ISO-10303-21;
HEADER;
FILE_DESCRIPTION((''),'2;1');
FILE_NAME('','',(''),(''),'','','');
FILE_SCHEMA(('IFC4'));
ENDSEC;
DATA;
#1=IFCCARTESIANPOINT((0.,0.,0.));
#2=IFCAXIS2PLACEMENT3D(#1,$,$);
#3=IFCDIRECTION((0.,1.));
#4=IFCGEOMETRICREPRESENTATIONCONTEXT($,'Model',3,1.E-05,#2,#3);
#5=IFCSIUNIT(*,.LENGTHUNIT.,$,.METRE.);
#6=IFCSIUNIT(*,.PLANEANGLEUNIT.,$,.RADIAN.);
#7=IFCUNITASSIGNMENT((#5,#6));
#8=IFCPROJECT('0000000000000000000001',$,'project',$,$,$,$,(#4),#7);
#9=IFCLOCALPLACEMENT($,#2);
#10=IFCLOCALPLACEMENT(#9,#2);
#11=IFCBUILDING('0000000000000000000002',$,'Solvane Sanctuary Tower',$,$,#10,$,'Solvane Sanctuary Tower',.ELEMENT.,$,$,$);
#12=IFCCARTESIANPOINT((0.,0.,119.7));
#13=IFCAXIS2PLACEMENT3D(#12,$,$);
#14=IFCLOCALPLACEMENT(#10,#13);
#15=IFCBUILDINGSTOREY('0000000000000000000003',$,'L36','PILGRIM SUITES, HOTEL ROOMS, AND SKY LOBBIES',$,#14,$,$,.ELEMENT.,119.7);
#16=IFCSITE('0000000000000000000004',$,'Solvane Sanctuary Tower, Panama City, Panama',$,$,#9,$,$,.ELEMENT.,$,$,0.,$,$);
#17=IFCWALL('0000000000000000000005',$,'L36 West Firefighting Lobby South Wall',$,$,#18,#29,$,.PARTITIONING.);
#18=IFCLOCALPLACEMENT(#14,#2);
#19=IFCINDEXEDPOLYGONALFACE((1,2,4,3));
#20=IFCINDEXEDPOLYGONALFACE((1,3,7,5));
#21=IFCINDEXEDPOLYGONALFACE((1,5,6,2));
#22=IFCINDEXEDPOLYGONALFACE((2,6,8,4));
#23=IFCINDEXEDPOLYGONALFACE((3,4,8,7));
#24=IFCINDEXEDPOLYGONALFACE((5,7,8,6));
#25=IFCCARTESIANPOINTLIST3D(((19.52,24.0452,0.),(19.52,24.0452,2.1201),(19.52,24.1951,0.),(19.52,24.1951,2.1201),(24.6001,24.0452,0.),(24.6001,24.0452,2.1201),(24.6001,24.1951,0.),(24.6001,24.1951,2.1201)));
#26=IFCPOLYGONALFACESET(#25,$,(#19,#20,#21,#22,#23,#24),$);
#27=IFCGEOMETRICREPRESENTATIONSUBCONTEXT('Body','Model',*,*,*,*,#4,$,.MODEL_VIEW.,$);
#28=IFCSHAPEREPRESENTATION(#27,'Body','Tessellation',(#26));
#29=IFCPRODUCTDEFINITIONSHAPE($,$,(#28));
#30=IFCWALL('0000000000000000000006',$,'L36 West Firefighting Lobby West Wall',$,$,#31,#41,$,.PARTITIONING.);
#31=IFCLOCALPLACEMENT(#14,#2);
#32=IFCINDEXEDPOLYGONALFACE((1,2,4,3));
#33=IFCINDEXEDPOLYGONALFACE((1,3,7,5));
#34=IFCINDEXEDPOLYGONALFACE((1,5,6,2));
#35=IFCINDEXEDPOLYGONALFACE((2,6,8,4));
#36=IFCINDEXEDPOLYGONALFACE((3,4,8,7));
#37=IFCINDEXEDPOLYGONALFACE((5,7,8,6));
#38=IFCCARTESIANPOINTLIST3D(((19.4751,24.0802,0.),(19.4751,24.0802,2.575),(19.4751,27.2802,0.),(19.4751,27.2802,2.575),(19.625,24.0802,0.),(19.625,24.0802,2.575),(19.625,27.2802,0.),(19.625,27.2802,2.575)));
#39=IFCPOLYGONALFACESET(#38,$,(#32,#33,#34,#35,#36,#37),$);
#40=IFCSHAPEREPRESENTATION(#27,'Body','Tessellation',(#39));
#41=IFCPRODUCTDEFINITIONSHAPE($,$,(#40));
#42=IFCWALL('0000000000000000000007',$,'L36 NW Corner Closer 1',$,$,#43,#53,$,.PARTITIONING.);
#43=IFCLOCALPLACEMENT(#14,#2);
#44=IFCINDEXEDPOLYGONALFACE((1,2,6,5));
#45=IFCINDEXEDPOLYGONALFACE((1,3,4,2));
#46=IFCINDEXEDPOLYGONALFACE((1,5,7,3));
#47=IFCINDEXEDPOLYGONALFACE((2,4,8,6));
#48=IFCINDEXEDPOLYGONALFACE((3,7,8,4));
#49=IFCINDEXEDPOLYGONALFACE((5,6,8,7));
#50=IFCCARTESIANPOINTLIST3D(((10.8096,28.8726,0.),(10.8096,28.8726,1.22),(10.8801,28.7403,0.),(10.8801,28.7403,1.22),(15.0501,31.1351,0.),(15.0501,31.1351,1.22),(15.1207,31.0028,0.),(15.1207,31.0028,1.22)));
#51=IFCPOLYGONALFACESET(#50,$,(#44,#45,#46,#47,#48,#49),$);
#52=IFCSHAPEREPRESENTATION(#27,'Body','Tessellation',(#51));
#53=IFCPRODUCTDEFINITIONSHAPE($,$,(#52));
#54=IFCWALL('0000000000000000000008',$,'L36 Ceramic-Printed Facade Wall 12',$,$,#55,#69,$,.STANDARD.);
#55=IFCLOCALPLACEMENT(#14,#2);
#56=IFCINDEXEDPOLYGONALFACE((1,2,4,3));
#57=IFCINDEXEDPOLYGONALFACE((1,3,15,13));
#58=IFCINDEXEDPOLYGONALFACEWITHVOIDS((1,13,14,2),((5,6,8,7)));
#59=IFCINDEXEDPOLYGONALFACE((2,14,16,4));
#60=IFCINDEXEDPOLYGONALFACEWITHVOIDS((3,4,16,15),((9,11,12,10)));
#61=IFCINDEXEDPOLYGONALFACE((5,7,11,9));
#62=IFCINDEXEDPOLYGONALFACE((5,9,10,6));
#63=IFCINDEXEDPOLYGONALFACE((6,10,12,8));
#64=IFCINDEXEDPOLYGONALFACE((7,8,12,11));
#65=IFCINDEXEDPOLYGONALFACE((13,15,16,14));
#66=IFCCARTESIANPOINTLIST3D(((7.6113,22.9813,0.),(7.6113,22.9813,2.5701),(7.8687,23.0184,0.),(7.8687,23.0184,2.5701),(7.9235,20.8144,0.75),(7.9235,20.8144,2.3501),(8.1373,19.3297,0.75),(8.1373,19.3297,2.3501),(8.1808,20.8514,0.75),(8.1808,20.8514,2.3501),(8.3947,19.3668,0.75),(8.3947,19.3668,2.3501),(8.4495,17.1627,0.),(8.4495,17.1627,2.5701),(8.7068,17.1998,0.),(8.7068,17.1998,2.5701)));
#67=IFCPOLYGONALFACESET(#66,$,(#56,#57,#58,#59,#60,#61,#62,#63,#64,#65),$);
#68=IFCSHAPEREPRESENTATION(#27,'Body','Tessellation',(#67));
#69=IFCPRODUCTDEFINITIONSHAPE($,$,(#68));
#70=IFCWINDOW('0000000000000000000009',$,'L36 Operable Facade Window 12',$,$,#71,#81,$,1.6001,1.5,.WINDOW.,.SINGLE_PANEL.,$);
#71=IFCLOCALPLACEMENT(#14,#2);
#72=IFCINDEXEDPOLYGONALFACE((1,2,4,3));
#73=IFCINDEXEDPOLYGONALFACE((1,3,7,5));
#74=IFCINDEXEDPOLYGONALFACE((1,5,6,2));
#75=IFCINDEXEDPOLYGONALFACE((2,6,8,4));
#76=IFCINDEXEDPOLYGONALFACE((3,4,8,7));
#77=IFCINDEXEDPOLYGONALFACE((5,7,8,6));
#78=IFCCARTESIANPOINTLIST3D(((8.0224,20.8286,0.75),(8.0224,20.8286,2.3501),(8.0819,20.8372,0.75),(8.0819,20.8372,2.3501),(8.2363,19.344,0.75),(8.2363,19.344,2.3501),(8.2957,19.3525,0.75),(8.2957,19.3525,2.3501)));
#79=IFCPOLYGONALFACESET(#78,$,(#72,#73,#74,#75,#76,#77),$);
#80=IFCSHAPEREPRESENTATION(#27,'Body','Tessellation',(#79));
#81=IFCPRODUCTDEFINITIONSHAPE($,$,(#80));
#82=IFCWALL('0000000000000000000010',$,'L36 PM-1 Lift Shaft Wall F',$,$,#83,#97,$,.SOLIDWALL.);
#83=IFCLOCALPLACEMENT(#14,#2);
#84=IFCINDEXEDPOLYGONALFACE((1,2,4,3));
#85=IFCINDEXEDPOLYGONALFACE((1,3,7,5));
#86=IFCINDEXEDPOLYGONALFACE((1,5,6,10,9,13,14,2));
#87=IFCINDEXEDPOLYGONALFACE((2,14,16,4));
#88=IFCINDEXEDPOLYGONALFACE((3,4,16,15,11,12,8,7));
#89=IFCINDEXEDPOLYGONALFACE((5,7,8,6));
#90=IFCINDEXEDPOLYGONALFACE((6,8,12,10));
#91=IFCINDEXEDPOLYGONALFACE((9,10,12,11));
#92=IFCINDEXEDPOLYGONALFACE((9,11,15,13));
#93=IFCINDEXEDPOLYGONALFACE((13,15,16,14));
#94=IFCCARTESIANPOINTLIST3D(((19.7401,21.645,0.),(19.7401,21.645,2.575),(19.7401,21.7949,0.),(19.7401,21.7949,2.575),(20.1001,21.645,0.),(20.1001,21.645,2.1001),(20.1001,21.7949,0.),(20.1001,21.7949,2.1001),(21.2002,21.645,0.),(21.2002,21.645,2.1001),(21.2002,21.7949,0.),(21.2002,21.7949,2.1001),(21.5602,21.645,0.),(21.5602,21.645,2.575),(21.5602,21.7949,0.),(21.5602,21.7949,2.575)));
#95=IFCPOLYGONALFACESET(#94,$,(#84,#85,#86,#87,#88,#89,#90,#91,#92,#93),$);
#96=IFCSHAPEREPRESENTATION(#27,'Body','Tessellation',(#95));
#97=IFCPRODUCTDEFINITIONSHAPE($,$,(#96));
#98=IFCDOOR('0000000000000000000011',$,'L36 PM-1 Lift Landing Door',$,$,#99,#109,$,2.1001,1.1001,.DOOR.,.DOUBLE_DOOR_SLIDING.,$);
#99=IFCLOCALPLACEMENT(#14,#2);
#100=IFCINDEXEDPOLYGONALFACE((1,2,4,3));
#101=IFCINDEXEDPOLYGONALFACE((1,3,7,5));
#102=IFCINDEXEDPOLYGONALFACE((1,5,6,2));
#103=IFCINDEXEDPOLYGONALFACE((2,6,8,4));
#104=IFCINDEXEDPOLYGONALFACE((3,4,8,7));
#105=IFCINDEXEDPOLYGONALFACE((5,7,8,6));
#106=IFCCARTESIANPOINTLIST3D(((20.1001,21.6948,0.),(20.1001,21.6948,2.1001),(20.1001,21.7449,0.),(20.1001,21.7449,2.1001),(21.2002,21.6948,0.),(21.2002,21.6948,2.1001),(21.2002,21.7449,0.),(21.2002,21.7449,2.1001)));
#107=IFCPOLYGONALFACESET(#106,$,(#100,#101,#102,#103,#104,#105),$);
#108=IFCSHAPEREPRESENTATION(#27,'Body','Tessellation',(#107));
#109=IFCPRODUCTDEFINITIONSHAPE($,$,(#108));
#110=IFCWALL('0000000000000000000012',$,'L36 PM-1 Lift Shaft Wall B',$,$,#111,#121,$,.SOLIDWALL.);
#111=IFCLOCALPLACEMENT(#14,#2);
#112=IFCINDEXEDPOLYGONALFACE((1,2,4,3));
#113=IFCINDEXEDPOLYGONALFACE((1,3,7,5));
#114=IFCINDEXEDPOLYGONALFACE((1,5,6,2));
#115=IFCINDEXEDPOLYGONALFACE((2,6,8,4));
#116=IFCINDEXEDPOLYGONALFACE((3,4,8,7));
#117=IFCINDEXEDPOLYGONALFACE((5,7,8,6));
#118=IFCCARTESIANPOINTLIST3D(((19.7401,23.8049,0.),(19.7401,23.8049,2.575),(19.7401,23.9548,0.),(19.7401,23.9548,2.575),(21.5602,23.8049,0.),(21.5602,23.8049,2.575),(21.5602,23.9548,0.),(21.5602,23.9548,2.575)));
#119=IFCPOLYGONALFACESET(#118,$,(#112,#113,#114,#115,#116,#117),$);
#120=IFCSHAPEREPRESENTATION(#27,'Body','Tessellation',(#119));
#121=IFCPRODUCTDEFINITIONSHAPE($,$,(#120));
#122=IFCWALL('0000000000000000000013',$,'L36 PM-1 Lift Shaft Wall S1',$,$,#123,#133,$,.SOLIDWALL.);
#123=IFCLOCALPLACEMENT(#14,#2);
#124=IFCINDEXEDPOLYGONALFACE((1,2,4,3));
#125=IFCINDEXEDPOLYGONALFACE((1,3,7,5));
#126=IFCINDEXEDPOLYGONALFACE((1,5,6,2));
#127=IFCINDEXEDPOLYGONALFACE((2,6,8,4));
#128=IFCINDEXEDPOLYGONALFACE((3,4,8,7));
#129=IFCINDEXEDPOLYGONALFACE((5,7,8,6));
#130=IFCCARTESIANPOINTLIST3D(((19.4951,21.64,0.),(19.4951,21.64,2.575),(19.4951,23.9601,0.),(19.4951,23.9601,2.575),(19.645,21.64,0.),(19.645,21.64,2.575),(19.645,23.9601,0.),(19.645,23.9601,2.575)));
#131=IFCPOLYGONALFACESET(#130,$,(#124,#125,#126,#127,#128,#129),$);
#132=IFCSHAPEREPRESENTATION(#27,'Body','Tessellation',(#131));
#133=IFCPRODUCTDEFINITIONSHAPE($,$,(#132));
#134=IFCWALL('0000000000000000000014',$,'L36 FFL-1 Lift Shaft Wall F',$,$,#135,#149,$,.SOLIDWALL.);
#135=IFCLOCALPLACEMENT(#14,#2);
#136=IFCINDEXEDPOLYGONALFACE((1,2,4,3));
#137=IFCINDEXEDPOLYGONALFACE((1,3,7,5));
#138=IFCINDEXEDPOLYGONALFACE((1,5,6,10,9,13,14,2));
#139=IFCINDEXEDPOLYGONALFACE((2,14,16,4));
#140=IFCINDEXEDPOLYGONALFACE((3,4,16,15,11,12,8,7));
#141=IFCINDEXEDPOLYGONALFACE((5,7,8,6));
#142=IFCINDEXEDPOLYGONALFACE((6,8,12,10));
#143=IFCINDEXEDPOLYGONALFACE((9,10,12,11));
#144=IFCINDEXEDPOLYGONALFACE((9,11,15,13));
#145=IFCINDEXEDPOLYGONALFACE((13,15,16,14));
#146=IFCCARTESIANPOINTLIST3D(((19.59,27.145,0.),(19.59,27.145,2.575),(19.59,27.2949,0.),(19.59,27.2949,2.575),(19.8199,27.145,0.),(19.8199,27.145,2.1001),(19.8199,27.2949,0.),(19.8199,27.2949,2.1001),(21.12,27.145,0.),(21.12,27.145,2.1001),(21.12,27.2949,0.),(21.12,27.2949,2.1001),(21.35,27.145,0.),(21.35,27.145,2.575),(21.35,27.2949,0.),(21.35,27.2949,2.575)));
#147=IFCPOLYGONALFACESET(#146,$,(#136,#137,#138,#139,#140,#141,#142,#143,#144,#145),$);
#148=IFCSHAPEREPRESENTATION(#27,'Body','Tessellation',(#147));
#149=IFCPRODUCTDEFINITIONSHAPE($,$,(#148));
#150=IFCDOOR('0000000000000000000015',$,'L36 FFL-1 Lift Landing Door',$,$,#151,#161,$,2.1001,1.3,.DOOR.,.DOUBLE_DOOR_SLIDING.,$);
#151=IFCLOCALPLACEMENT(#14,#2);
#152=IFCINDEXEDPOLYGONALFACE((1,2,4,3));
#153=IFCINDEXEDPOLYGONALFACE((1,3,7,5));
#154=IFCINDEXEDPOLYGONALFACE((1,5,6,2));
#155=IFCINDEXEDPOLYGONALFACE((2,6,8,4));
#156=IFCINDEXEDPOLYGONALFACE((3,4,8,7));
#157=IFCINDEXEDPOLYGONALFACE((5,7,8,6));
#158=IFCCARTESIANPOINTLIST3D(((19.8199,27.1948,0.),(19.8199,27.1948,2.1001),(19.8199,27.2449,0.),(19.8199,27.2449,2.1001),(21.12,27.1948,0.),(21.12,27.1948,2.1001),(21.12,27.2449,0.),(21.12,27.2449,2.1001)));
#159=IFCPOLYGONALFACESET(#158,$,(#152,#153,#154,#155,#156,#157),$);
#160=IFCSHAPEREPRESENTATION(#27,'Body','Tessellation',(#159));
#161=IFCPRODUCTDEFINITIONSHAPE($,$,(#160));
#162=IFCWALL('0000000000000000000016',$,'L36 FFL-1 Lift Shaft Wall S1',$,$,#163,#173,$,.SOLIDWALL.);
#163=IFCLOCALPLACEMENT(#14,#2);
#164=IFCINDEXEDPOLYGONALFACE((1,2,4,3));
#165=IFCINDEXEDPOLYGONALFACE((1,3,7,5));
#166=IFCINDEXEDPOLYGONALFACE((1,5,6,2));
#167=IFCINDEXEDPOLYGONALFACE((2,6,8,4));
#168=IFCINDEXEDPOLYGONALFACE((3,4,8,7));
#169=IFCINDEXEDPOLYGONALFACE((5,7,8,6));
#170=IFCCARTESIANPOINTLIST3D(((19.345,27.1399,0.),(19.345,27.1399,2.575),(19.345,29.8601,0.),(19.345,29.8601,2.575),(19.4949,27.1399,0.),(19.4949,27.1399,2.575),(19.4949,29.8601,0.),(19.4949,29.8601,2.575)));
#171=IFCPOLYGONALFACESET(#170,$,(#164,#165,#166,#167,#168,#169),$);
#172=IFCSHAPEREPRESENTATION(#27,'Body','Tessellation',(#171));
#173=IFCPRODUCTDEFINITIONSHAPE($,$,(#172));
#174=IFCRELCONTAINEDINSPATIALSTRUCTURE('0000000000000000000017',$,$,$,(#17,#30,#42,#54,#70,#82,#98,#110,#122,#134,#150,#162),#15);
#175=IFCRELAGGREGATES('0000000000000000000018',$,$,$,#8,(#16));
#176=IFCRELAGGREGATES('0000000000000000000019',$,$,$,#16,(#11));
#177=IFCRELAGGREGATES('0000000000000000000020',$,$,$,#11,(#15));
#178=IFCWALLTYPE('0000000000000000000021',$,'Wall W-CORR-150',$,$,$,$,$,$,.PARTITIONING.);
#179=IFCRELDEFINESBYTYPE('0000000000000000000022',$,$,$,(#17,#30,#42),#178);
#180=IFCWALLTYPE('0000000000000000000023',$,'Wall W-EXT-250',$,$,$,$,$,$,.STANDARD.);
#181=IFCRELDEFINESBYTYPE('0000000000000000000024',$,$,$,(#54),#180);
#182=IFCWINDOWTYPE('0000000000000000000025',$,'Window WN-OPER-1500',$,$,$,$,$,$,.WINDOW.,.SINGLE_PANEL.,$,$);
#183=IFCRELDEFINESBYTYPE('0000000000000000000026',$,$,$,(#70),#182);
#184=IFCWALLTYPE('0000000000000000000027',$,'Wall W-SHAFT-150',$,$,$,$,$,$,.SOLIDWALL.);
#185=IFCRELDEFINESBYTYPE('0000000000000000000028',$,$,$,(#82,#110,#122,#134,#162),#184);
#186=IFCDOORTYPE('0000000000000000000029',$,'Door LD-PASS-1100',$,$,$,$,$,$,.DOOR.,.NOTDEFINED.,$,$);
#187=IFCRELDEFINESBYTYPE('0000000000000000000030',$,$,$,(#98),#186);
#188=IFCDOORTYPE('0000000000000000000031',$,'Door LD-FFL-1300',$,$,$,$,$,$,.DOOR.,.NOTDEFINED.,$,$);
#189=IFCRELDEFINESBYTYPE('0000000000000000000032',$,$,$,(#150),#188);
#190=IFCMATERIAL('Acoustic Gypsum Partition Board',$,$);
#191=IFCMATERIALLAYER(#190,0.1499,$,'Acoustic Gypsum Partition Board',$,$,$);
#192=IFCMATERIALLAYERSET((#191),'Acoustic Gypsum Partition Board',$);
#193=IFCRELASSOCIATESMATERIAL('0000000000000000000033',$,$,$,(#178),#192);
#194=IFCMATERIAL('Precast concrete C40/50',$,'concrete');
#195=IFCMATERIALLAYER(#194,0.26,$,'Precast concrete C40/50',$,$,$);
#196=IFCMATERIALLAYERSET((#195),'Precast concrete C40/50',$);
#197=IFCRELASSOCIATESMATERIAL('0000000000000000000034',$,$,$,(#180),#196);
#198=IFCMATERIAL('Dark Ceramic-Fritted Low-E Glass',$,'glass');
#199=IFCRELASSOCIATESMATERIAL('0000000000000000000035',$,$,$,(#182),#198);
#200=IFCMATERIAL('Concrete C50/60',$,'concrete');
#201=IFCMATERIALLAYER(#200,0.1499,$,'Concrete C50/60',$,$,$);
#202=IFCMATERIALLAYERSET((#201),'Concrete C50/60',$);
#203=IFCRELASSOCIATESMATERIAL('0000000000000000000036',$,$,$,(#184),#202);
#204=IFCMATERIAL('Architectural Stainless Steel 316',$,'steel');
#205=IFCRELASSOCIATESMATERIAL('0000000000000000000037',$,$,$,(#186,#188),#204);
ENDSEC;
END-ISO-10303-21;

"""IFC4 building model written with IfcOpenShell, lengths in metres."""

from ifc_helpers import new_model, si_unit, direction, frame, frame_2d, origin, place, context, subcontext, project, spatial, rectangle, extrude, material, layer, layer_set, type_object, element, fill, save


model = new_model("IFC4")

# Units and contexts
model_context = context("Model", 3, precision=1e-05, world=origin(), true_north=direction((0.0, 1.0)))
body_context = subcontext(model_context, "Body", "Model", "MODEL_VIEW")
ifc_project = project(units=[si_unit("LENGTHUNIT", "METRE"), si_unit("PLANEANGLEUNIT", "RADIAN")], contexts=[model_context])

# Site, building, storey
site_placement = place(None, origin())
site = spatial("IfcSite", under=ifc_project, at=site_placement, Name="Solvane Sanctuary Tower, Panama City, Panama", CompositionType="ELEMENT", RefElevation=0.0)
building_placement = place(site_placement, origin())
building = spatial("IfcBuilding", under=site, at=building_placement, Name="Solvane Sanctuary Tower", LongName="Solvane Sanctuary Tower", CompositionType="ELEMENT")
storey_placement = place(building_placement, frame((0.0, 0.0, 119.7)))
storey = spatial("IfcBuildingStorey", under=building, at=storey_placement, Name="L36", Description="PILGRIM SUITES, HOTEL ROOMS, AND SKY LOBBIES", CompositionType="ELEMENT", Elevation=119.7)

# Walls
ifc_material_1 = material(Name="Acoustic Gypsum Partition Board")
ifc_layer_1 = layer(ifc_material_1, 0.1499, Name="Acoustic Gypsum Partition Board")
ifc_layer_set_1 = layer_set([ifc_layer_1], Name="Acoustic Gypsum Partition Board")
wall_type_1 = type_object("IfcWallType", Name="Wall W-CORR-150", PredefinedType="PARTITIONING", material=ifc_layer_set_1)
wall_1_placement = place(storey_placement, frame((19.52, 24.1201, 0.0), z_axis=(0.0, 0.0, 1.0), x_axis=(1.0, 0.0, 0.0)))
element("IfcWall", 1, at=wall_1_placement, inside=storey, type_object=wall_type_1, Name="L36 West Firefighting Lobby South Wall", PredefinedType="PARTITIONING", context=body_context, shape_type="SweptSolid", body=[
    extrude(rectangle(XDim=5.0801, YDim=0.1499, at=frame_2d((2.54, 0.0))), origin(), (0.0, 0.0, 1.0), 2.1201),
])
wall_2_placement = place(storey_placement, frame((19.55, 24.0801, 0.0), z_axis=(0.0, 0.0, 1.0), x_axis=(0.0, 1.0, 0.0)))
element("IfcWall", 2, at=wall_2_placement, inside=storey, type_object=wall_type_1, Name="L36 West Firefighting Lobby West Wall", PredefinedType="PARTITIONING", context=body_context, shape_type="SweptSolid", body=[
    extrude(rectangle(XDim=3.2, YDim=0.1499, at=frame_2d((1.6001, 0.0))), origin(), (0.0, 0.0, 1.0), 2.575),
])
wall_3_placement = place(storey_placement, frame((10.8447, 28.8064, 0.0), z_axis=(0.0, 0.0, 1.0), x_axis=(0.882278, 0.470728, 0.0)))
element("IfcWall", 3, at=wall_3_placement, inside=storey, type_object=wall_type_1, Name="L36 NW Corner Closer 1", PredefinedType="PARTITIONING", context=body_context, shape_type="SweptSolid", body=[
    extrude(rectangle(XDim=4.8064, YDim=0.1499, at=frame_2d((2.4033, 0.0))), origin(), (0.0, 0.0, 1.0), 1.22),
])

# Wall, opening, window
ifc_material_2 = material(Name="Precast concrete C40/50", Category="concrete")
ifc_layer_2 = layer(ifc_material_2, 0.26, Name="Precast concrete C40/50")
ifc_layer_set_2 = layer_set([ifc_layer_2], Name="Precast concrete C40/50")
wall_type_2 = type_object("IfcWallType", Name="Wall W-EXT-250", PredefinedType="STANDARD", material=ifc_layer_set_2)
wall_4_placement = place(storey_placement, frame((7.74, 23.0, 0.0), z_axis=(0.0, 0.0, 1.0), x_axis=(0.142572, -0.989784, 0.0)))
wall_4 = element("IfcWall", 4, at=wall_4_placement, inside=storey, type_object=wall_type_2, Name="L36 Ceramic-Printed Facade Wall 12", PredefinedType="STANDARD", context=body_context, shape_type="SweptSolid", body=[
    extrude(rectangle(XDim=5.8787, YDim=0.26, at=frame_2d((2.9395, 0.0))), origin(), (0.0, 0.0, 1.0), 2.5701),
])
opening_1_placement = place(wall_4_placement, frame((2.1895, 0.0, 0.75)))
opening_1 = element("IfcOpeningElement", 5, at=opening_1_placement, cuts=wall_4, PredefinedType="OPENING", context=body_context, shape_type="SweptSolid", body=[
    extrude(rectangle(XDim=1.5, YDim=1.6001, at=frame_2d((0.75, 0.8))), frame((0.0, 0.1399, 0.0), z_axis=(0.0, -1.0, 0.0), x_axis=(1.0, 0.0, 0.0)), (0.0, 0.0, 1.0), 0.28),
])
ifc_material_3 = material(Name="Dark Ceramic-Fritted Low-E Glass", Category="glass")
window_type = type_object("IfcWindowType", Name="Window WN-OPER-1500", PartitioningType="SINGLE_PANEL", PredefinedType="WINDOW", material=ifc_material_3)
window_placement = place(opening_1_placement, origin())
window = element("IfcWindow", 6, at=window_placement, inside=storey, type_object=window_type, Name="L36 Operable Facade Window 12", OverallHeight=1.6001, OverallWidth=1.5, PartitioningType="SINGLE_PANEL", PredefinedType="WINDOW", context=body_context, shape_type="SweptSolid", body=[
    extrude(rectangle(XDim=1.5, YDim=1.6001, at=frame_2d((0.75, 0.8))), frame((0.0, 0.03, 0.0), z_axis=(0.0, -1.0, 0.0), x_axis=(1.0, 0.0, 0.0)), (0.0, 0.0, 1.0), 0.0601),
])
fill(opening_1, window)

# Wall, opening, door
ifc_material_4 = material(Name="Concrete C50/60", Category="concrete")
ifc_layer_3 = layer(ifc_material_4, 0.1499, Name="Concrete C50/60")
ifc_layer_set_3 = layer_set([ifc_layer_3], Name="Concrete C50/60")
wall_type_3 = type_object("IfcWallType", Name="Wall W-SHAFT-150", PredefinedType="SOLIDWALL", material=ifc_layer_set_3)
wall_5_placement = place(storey_placement, frame((19.74, 21.72, 0.0), z_axis=(0.0, 0.0, 1.0), x_axis=(1.0, 0.0, 0.0)))
wall_5 = element("IfcWall", 7, at=wall_5_placement, inside=storey, type_object=wall_type_3, Name="L36 PM-1 Lift Shaft Wall F", PredefinedType="SOLIDWALL", context=body_context, shape_type="SweptSolid", body=[
    extrude(rectangle(XDim=1.8201, YDim=0.1499, at=frame_2d((0.9102, 0.0))), origin(), (0.0, 0.0, 1.0), 2.575),
])
opening_2_placement = place(wall_5_placement, frame((0.3601, 0.0, 0.0)))
opening_2 = element("IfcOpeningElement", 8, at=opening_2_placement, cuts=wall_5, PredefinedType="OPENING", context=body_context, shape_type="SweptSolid", body=[
    extrude(rectangle(XDim=1.1001, YDim=2.1001, at=frame_2d((0.55, 1.05))), frame((0.0, 0.085, 0.0), z_axis=(0.0, -1.0, 0.0), x_axis=(1.0, 0.0, 0.0)), (0.0, 0.0, 1.0), 0.1699),
])
ifc_material_5 = material(Name="Architectural Stainless Steel 316", Category="steel")
door_type_1 = type_object("IfcDoorType", Name="Door LD-PASS-1100", OperationType="NOTDEFINED", PredefinedType="DOOR", material=ifc_material_5)
door_1_placement = place(opening_2_placement, origin())
door_1 = element("IfcDoor", 9, at=door_1_placement, inside=storey, type_object=door_type_1, Name="L36 PM-1 Lift Landing Door", OperationType="DOUBLE_DOOR_SLIDING", OverallHeight=2.1001, OverallWidth=1.1001, PredefinedType="DOOR", context=body_context, shape_type="SweptSolid", body=[
    extrude(rectangle(XDim=1.1001, YDim=2.1001, at=frame_2d((0.55, 1.05))), frame((0.0, 0.0249, 0.0), z_axis=(0.0, -1.0, 0.0), x_axis=(1.0, 0.0, 0.0)), (0.0, 0.0, 1.0), 0.05),
])
fill(opening_2, door_1)

# Walls
wall_6_placement = place(storey_placement, frame((19.74, 23.8799, 0.0), z_axis=(0.0, 0.0, 1.0), x_axis=(1.0, 0.0, 0.0)))
element("IfcWall", 10, at=wall_6_placement, inside=storey, type_object=wall_type_3, Name="L36 PM-1 Lift Shaft Wall B", PredefinedType="SOLIDWALL", context=body_context, shape_type="SweptSolid", body=[
    extrude(rectangle(XDim=1.8201, YDim=0.1499, at=frame_2d((0.9102, 0.0))), origin(), (0.0, 0.0, 1.0), 2.575),
])
wall_7_placement = place(storey_placement, frame((19.5701, 21.6399, 0.0), z_axis=(0.0, 0.0, 1.0), x_axis=(0.0, 1.0, 0.0)))
element("IfcWall", 11, at=wall_7_placement, inside=storey, type_object=wall_type_3, Name="L36 PM-1 Lift Shaft Wall S1", PredefinedType="SOLIDWALL", context=body_context, shape_type="SweptSolid", body=[
    extrude(rectangle(XDim=2.3201, YDim=0.1499, at=frame_2d((1.1602, 0.0))), origin(), (0.0, 0.0, 1.0), 2.575),
])

# Wall, opening, door
wall_8_placement = place(storey_placement, frame((19.5901, 27.22, 0.0), z_axis=(0.0, 0.0, 1.0), x_axis=(1.0, 0.0, 0.0)))
wall_8 = element("IfcWall", 12, at=wall_8_placement, inside=storey, type_object=wall_type_3, Name="L36 FFL-1 Lift Shaft Wall F", PredefinedType="SOLIDWALL", context=body_context, shape_type="SweptSolid", body=[
    extrude(rectangle(XDim=1.76, YDim=0.1499, at=frame_2d((0.8799, 0.0))), origin(), (0.0, 0.0, 1.0), 2.575),
])
opening_3_placement = place(wall_8_placement, frame((0.23, 0.0, 0.0)))
opening_3 = element("IfcOpeningElement", 13, at=opening_3_placement, cuts=wall_8, PredefinedType="OPENING", context=body_context, shape_type="SweptSolid", body=[
    extrude(rectangle(XDim=1.3, YDim=2.1001, at=frame_2d((0.6499, 1.05))), frame((0.0, 0.085, 0.0), z_axis=(0.0, -1.0, 0.0), x_axis=(1.0, 0.0, 0.0)), (0.0, 0.0, 1.0), 0.1699),
])
door_type_2 = type_object("IfcDoorType", Name="Door LD-FFL-1300", OperationType="NOTDEFINED", PredefinedType="DOOR", material=ifc_material_5)
door_2_placement = place(opening_3_placement, origin())
door_2 = element("IfcDoor", 14, at=door_2_placement, inside=storey, type_object=door_type_2, Name="L36 FFL-1 Lift Landing Door", OperationType="DOUBLE_DOOR_SLIDING", OverallHeight=2.1001, OverallWidth=1.3, PredefinedType="DOOR", context=body_context, shape_type="SweptSolid", body=[
    extrude(rectangle(XDim=1.3, YDim=2.1001, at=frame_2d((0.6499, 1.05))), frame((0.0, 0.0249, 0.0), z_axis=(0.0, -1.0, 0.0), x_axis=(1.0, 0.0, 0.0)), (0.0, 0.0, 1.0), 0.05),
])
fill(opening_3, door_2)

# Wall
wall_9_placement = place(storey_placement, frame((19.4199, 27.1399, 0.0), z_axis=(0.0, 0.0, 1.0), x_axis=(0.0, 1.0, 0.0)))
element("IfcWall", 15, at=wall_9_placement, inside=storey, type_object=wall_type_3, Name="L36 FFL-1 Lift Shaft Wall S1", PredefinedType="SOLIDWALL", context=body_context, shape_type="SweptSolid", body=[
    extrude(rectangle(XDim=2.7202, YDim=0.1499, at=frame_2d((1.3601, 0.0))), origin(), (0.0, 0.0, 1.0), 2.575),
])

save(model, "model.ifc")
